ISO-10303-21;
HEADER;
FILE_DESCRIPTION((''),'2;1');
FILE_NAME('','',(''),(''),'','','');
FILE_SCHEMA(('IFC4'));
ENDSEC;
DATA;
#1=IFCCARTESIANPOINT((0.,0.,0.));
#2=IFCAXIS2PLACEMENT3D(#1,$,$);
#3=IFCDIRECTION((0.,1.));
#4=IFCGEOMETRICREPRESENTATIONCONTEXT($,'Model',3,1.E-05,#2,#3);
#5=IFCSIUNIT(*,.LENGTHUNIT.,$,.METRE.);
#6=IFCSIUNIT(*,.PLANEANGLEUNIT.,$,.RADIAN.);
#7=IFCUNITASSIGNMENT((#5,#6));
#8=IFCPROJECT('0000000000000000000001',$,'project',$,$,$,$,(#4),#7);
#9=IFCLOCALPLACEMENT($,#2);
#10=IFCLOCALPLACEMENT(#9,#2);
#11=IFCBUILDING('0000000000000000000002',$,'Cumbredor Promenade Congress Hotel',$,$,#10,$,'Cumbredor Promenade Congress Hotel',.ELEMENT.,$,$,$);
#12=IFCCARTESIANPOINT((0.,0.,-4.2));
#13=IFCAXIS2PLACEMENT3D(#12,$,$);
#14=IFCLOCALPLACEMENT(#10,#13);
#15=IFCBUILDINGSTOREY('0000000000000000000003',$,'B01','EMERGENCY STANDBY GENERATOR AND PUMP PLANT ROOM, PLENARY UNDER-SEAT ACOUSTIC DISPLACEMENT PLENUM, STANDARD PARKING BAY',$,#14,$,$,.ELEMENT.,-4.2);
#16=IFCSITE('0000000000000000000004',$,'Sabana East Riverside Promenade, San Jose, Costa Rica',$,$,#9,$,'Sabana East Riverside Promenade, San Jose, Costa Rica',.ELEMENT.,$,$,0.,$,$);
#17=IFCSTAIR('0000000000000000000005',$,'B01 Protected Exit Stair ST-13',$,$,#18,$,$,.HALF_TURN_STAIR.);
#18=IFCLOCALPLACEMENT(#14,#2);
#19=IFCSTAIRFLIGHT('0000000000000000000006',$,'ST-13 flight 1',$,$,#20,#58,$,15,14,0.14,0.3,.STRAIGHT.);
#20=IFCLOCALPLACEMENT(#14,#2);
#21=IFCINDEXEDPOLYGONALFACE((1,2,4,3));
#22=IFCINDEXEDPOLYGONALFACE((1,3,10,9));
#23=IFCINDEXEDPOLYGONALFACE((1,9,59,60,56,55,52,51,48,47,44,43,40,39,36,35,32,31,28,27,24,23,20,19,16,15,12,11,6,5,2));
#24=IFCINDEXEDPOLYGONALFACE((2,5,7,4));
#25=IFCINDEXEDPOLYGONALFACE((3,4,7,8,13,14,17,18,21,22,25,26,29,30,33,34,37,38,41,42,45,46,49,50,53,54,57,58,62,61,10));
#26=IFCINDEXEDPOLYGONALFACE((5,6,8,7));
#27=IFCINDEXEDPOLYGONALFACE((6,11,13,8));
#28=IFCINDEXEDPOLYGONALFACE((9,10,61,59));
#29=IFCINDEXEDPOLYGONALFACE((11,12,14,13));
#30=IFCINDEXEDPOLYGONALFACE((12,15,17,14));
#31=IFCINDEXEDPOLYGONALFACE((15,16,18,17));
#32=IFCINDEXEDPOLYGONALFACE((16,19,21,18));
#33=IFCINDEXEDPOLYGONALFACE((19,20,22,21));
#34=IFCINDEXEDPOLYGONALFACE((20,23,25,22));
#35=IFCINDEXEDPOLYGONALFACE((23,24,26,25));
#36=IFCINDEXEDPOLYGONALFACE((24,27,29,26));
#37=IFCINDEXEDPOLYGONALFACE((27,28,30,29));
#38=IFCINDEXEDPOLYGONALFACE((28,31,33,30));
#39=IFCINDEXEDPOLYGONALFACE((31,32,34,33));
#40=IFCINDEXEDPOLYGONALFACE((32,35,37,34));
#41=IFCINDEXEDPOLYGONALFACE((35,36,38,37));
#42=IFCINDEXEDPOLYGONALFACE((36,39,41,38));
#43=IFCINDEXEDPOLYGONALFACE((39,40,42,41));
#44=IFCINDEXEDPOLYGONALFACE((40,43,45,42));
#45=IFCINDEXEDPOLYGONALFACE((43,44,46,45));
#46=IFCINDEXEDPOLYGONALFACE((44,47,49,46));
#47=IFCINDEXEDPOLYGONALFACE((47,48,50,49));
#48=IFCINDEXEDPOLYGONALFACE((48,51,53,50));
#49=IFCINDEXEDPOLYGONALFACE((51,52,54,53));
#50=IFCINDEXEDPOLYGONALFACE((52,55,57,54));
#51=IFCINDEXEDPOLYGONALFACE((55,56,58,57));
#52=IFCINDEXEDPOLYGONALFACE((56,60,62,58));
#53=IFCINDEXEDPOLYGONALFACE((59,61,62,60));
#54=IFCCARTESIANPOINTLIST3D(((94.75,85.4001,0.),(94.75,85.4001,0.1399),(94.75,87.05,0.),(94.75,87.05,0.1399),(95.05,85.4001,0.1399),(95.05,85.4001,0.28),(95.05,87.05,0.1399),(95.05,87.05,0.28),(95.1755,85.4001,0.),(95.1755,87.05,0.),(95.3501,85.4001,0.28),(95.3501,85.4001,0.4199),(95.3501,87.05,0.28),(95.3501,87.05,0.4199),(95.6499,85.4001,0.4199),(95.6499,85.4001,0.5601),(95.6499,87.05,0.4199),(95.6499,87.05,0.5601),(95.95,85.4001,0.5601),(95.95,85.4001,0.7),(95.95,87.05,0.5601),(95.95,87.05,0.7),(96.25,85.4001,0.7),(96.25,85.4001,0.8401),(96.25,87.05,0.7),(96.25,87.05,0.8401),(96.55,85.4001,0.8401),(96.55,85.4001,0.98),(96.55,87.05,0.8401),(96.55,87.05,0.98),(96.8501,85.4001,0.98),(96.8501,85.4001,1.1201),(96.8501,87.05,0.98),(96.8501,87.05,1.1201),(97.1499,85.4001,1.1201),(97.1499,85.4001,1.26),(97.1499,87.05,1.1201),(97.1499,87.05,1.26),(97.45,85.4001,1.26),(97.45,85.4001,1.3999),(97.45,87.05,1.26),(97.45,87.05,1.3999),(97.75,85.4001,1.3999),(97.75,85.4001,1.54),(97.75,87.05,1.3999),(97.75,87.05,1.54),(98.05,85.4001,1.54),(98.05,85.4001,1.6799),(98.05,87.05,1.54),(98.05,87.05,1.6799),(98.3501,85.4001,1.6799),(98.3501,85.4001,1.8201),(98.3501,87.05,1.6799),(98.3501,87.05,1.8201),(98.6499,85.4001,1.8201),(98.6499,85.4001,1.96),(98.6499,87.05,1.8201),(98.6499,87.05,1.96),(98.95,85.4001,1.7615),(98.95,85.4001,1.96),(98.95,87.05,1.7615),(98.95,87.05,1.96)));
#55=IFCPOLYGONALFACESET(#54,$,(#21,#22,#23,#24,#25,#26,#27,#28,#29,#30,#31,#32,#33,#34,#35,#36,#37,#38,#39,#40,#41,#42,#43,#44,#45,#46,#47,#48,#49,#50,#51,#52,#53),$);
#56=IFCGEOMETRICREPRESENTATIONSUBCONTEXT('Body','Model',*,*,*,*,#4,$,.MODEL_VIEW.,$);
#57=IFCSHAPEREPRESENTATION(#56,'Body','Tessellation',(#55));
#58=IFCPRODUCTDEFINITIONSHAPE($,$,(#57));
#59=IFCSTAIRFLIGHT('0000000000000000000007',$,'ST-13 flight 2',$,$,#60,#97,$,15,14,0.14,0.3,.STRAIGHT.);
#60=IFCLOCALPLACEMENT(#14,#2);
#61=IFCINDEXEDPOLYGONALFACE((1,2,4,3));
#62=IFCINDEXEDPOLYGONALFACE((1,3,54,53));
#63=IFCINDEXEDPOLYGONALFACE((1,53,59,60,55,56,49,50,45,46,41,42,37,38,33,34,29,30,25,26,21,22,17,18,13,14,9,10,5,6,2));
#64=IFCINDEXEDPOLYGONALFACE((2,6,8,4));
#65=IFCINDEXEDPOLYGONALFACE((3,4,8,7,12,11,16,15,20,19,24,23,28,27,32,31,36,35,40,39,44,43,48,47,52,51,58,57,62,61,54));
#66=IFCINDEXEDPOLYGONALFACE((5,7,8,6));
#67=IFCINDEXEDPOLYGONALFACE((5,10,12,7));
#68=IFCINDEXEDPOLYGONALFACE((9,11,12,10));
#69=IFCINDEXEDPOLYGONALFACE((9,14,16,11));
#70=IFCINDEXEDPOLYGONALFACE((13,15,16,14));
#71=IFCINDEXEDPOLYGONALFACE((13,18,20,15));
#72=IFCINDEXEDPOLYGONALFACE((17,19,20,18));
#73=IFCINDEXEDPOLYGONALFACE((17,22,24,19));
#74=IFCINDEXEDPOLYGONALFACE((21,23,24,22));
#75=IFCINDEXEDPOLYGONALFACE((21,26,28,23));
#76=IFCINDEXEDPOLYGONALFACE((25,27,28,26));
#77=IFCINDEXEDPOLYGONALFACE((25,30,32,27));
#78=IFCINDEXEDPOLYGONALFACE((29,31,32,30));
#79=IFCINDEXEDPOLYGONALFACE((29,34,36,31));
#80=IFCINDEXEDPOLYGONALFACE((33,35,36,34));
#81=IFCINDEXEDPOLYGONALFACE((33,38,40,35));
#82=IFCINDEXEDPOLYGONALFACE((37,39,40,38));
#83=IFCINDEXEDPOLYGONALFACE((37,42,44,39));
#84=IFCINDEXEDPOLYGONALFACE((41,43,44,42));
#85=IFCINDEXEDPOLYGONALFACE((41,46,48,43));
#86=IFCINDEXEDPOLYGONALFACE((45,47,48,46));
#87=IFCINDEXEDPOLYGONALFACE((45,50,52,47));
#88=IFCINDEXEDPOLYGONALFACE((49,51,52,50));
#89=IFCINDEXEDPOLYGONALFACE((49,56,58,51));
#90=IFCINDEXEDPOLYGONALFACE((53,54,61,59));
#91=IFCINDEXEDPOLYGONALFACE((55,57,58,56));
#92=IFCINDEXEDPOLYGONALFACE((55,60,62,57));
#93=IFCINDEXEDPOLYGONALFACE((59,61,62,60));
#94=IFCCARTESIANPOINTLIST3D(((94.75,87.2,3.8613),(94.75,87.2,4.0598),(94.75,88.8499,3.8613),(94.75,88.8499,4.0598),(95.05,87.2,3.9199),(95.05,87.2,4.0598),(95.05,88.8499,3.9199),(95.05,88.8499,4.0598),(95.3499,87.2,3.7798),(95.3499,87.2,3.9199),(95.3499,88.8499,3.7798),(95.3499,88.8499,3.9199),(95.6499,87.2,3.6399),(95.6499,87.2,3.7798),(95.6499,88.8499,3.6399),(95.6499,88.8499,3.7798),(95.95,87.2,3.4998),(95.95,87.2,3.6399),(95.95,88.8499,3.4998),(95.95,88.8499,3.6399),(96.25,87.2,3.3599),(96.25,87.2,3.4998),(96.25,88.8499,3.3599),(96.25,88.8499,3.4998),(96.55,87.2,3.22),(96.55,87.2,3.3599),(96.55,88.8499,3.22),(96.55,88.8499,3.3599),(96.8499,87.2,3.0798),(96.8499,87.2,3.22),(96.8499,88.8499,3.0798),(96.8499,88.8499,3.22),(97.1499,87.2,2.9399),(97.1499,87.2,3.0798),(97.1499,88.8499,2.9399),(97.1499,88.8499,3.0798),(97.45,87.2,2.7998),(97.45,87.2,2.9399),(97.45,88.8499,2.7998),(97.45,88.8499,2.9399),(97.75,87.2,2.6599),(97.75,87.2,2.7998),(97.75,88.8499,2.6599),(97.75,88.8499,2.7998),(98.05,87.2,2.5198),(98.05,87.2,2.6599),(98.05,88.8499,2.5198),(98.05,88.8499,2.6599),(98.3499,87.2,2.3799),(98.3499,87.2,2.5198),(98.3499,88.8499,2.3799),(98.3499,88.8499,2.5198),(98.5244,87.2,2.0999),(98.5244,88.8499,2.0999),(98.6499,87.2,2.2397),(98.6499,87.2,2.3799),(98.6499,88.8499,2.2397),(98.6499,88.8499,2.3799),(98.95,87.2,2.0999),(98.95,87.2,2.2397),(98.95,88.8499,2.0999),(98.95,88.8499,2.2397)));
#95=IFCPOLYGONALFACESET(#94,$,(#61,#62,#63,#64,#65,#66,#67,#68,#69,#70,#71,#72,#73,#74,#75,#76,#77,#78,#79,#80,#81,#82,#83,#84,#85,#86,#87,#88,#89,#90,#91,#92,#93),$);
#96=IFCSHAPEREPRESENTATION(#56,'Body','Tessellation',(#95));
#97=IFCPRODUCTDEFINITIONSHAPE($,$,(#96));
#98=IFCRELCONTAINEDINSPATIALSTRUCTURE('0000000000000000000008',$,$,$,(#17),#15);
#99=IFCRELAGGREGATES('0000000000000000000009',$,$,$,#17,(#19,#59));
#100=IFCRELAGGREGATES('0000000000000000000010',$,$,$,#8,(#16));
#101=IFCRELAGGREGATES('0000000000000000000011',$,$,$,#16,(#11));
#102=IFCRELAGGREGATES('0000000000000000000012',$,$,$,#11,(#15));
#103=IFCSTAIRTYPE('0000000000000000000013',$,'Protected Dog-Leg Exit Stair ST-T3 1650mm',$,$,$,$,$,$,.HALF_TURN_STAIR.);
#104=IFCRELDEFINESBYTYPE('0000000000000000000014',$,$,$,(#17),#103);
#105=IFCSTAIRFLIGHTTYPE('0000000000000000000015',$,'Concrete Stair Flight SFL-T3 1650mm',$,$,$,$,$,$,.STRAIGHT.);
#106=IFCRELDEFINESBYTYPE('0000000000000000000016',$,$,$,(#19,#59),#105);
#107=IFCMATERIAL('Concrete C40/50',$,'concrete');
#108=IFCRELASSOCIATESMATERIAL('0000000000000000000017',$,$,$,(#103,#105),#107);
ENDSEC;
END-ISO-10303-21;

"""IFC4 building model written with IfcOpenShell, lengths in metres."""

from ifc_helpers import new_model, si_unit, direction, frame, origin, place, context, subcontext, project, spatial, polyline, outline, extrude, material, type_object, element, aggregate, save


model = new_model("IFC4")

# Units and contexts
model_context = context("Model", 3, precision=1e-05, world=origin(), true_north=direction((0.0, 1.0)))
body_context = subcontext(model_context, "Body", "Model", "MODEL_VIEW")
ifc_project = project(units=[si_unit("LENGTHUNIT", "METRE"), si_unit("PLANEANGLEUNIT", "RADIAN")], contexts=[model_context])

# Site, building, storey
site_placement = place(None, origin())
site = spatial("IfcSite", under=ifc_project, at=site_placement, Name="Sabana East Riverside Promenade, San Jose, Costa Rica", LongName="Sabana East Riverside Promenade, San Jose, Costa Rica", CompositionType="ELEMENT", RefElevation=0.0)
building_placement = place(site_placement, origin())
building = spatial("IfcBuilding", under=site, at=building_placement, Name="Cumbredor Promenade Congress Hotel", LongName="Cumbredor Promenade Congress Hotel", CompositionType="ELEMENT")
storey_placement = place(building_placement, frame((0.0, 0.0, -4.2)))
storey = spatial("IfcBuildingStorey", under=building, at=storey_placement, Name="B01", Description="EMERGENCY STANDBY GENERATOR AND PUMP PLANT ROOM, PLENARY UNDER-SEAT ACOUSTIC DISPLACEMENT PLENUM, STANDARD PARKING BAY", CompositionType="ELEMENT", Elevation=-4.2)

# Shared definitions
ifc_material_1 = material(Name="Concrete C40/50", Category="concrete")

# Stair, stair flights
stair_type = type_object("IfcStairType", Name="Protected Dog-Leg Exit Stair ST-T3 1650mm", PredefinedType="HALF_TURN_STAIR", material=ifc_material_1)
stair_placement = place(storey_placement, origin())
stair = element("IfcStair", 1, at=stair_placement, inside=storey, type_object=stair_type, Name="B01 Protected Exit Stair ST-13", PredefinedType="HALF_TURN_STAIR")
stair_flight_type = type_object("IfcStairFlightType", Name="Concrete Stair Flight SFL-T3 1650mm", PredefinedType="STRAIGHT", material=ifc_material_1)
stair_flight_1_placement = place(storey_placement, frame((94.75, 86.2251, 0.0), z_axis=(0.0, 0.0, 1.0), x_axis=(1.0, 0.0, 0.0)))
stair_flight_1 = element("IfcStairFlight", 2, at=stair_flight_1_placement, type_object=stair_flight_type, Name="ST-13 flight 1", NumberOfRisers=15, NumberOfTreads=14, PredefinedType="STRAIGHT", RiserHeight=0.14, TreadLength=0.3, context=body_context, shape_type="SweptSolid", body=[
    extrude(outline(polyline([(0.0, 0.0), (0.0, 0.1399), (0.3, 0.1399), (0.3, 0.28), (0.6001, 0.28), (0.6001, 0.4199), (0.8999, 0.4199), (0.8999, 0.5601), (1.2, 0.5601), (1.2, 0.7), (1.5, 0.7), (1.5, 0.8401), (1.8, 0.8401), (1.8, 0.98), (2.1001, 0.98), (2.1001, 1.1201), (2.3999, 1.1201), (2.3999, 1.26), (2.7, 1.26), (2.7, 1.3999), (3.0, 1.3999), (3.0, 1.54), (3.3, 1.54), (3.3, 1.6799), (3.6001, 1.6799), (3.6001, 1.8201), (3.8999, 1.8201), (3.8999, 1.96), (4.2, 1.96), (4.2, 2.1001), (4.2, 1.7615), (0.4255, 0.0), (0.0, 0.0)])), frame((0.0, 0.825, 0.0), z_axis=(0.0, -1.0, 0.0), x_axis=(1.0, 0.0, 0.0)), (0.0, 0.0, 1.0), 1.6499),
])
stair_flight_2_placement = place(storey_placement, frame((98.95, 88.0249, 2.0999), z_axis=(0.0, 0.0, 1.0), x_axis=(-1.0, 0.0, 0.0)))
stair_flight_2 = element("IfcStairFlight", 3, at=stair_flight_2_placement, type_object=stair_flight_type, Name="ST-13 flight 2", NumberOfRisers=15, NumberOfTreads=14, PredefinedType="STRAIGHT", RiserHeight=0.14, TreadLength=0.3, context=body_context, shape_type="SweptSolid", body=[
    extrude(outline(polyline([(0.0, 0.0), (0.0, 0.1399), (0.3, 0.1399), (0.3, 0.28), (0.6001, 0.28), (0.6001, 0.4199), (0.8999, 0.4199), (0.8999, 0.5601), (1.2, 0.5601), (1.2, 0.7), (1.5, 0.7), (1.5, 0.8401), (1.8, 0.8401), (1.8, 0.98), (2.1001, 0.98), (2.1001, 1.1201), (2.3999, 1.1201), (2.3999, 1.26), (2.7, 1.26), (2.7, 1.3999), (3.0, 1.3999), (3.0, 1.54), (3.3, 1.54), (3.3, 1.6799), (3.6001, 1.6799), (3.6001, 1.8201), (3.8999, 1.8201), (3.8999, 1.96), (4.2, 1.96), (4.2, 2.1001), (4.2, 1.7615), (0.4255, 0.0), (0.0, 0.0)])), frame((0.0, 0.825, 0.0), z_axis=(0.0, -1.0, 0.0), x_axis=(1.0, 0.0, 0.0)), (0.0, 0.0, 1.0), 1.6499),
])
aggregate(stair, [stair_flight_1, stair_flight_2])

save(model, "model.ifc")
